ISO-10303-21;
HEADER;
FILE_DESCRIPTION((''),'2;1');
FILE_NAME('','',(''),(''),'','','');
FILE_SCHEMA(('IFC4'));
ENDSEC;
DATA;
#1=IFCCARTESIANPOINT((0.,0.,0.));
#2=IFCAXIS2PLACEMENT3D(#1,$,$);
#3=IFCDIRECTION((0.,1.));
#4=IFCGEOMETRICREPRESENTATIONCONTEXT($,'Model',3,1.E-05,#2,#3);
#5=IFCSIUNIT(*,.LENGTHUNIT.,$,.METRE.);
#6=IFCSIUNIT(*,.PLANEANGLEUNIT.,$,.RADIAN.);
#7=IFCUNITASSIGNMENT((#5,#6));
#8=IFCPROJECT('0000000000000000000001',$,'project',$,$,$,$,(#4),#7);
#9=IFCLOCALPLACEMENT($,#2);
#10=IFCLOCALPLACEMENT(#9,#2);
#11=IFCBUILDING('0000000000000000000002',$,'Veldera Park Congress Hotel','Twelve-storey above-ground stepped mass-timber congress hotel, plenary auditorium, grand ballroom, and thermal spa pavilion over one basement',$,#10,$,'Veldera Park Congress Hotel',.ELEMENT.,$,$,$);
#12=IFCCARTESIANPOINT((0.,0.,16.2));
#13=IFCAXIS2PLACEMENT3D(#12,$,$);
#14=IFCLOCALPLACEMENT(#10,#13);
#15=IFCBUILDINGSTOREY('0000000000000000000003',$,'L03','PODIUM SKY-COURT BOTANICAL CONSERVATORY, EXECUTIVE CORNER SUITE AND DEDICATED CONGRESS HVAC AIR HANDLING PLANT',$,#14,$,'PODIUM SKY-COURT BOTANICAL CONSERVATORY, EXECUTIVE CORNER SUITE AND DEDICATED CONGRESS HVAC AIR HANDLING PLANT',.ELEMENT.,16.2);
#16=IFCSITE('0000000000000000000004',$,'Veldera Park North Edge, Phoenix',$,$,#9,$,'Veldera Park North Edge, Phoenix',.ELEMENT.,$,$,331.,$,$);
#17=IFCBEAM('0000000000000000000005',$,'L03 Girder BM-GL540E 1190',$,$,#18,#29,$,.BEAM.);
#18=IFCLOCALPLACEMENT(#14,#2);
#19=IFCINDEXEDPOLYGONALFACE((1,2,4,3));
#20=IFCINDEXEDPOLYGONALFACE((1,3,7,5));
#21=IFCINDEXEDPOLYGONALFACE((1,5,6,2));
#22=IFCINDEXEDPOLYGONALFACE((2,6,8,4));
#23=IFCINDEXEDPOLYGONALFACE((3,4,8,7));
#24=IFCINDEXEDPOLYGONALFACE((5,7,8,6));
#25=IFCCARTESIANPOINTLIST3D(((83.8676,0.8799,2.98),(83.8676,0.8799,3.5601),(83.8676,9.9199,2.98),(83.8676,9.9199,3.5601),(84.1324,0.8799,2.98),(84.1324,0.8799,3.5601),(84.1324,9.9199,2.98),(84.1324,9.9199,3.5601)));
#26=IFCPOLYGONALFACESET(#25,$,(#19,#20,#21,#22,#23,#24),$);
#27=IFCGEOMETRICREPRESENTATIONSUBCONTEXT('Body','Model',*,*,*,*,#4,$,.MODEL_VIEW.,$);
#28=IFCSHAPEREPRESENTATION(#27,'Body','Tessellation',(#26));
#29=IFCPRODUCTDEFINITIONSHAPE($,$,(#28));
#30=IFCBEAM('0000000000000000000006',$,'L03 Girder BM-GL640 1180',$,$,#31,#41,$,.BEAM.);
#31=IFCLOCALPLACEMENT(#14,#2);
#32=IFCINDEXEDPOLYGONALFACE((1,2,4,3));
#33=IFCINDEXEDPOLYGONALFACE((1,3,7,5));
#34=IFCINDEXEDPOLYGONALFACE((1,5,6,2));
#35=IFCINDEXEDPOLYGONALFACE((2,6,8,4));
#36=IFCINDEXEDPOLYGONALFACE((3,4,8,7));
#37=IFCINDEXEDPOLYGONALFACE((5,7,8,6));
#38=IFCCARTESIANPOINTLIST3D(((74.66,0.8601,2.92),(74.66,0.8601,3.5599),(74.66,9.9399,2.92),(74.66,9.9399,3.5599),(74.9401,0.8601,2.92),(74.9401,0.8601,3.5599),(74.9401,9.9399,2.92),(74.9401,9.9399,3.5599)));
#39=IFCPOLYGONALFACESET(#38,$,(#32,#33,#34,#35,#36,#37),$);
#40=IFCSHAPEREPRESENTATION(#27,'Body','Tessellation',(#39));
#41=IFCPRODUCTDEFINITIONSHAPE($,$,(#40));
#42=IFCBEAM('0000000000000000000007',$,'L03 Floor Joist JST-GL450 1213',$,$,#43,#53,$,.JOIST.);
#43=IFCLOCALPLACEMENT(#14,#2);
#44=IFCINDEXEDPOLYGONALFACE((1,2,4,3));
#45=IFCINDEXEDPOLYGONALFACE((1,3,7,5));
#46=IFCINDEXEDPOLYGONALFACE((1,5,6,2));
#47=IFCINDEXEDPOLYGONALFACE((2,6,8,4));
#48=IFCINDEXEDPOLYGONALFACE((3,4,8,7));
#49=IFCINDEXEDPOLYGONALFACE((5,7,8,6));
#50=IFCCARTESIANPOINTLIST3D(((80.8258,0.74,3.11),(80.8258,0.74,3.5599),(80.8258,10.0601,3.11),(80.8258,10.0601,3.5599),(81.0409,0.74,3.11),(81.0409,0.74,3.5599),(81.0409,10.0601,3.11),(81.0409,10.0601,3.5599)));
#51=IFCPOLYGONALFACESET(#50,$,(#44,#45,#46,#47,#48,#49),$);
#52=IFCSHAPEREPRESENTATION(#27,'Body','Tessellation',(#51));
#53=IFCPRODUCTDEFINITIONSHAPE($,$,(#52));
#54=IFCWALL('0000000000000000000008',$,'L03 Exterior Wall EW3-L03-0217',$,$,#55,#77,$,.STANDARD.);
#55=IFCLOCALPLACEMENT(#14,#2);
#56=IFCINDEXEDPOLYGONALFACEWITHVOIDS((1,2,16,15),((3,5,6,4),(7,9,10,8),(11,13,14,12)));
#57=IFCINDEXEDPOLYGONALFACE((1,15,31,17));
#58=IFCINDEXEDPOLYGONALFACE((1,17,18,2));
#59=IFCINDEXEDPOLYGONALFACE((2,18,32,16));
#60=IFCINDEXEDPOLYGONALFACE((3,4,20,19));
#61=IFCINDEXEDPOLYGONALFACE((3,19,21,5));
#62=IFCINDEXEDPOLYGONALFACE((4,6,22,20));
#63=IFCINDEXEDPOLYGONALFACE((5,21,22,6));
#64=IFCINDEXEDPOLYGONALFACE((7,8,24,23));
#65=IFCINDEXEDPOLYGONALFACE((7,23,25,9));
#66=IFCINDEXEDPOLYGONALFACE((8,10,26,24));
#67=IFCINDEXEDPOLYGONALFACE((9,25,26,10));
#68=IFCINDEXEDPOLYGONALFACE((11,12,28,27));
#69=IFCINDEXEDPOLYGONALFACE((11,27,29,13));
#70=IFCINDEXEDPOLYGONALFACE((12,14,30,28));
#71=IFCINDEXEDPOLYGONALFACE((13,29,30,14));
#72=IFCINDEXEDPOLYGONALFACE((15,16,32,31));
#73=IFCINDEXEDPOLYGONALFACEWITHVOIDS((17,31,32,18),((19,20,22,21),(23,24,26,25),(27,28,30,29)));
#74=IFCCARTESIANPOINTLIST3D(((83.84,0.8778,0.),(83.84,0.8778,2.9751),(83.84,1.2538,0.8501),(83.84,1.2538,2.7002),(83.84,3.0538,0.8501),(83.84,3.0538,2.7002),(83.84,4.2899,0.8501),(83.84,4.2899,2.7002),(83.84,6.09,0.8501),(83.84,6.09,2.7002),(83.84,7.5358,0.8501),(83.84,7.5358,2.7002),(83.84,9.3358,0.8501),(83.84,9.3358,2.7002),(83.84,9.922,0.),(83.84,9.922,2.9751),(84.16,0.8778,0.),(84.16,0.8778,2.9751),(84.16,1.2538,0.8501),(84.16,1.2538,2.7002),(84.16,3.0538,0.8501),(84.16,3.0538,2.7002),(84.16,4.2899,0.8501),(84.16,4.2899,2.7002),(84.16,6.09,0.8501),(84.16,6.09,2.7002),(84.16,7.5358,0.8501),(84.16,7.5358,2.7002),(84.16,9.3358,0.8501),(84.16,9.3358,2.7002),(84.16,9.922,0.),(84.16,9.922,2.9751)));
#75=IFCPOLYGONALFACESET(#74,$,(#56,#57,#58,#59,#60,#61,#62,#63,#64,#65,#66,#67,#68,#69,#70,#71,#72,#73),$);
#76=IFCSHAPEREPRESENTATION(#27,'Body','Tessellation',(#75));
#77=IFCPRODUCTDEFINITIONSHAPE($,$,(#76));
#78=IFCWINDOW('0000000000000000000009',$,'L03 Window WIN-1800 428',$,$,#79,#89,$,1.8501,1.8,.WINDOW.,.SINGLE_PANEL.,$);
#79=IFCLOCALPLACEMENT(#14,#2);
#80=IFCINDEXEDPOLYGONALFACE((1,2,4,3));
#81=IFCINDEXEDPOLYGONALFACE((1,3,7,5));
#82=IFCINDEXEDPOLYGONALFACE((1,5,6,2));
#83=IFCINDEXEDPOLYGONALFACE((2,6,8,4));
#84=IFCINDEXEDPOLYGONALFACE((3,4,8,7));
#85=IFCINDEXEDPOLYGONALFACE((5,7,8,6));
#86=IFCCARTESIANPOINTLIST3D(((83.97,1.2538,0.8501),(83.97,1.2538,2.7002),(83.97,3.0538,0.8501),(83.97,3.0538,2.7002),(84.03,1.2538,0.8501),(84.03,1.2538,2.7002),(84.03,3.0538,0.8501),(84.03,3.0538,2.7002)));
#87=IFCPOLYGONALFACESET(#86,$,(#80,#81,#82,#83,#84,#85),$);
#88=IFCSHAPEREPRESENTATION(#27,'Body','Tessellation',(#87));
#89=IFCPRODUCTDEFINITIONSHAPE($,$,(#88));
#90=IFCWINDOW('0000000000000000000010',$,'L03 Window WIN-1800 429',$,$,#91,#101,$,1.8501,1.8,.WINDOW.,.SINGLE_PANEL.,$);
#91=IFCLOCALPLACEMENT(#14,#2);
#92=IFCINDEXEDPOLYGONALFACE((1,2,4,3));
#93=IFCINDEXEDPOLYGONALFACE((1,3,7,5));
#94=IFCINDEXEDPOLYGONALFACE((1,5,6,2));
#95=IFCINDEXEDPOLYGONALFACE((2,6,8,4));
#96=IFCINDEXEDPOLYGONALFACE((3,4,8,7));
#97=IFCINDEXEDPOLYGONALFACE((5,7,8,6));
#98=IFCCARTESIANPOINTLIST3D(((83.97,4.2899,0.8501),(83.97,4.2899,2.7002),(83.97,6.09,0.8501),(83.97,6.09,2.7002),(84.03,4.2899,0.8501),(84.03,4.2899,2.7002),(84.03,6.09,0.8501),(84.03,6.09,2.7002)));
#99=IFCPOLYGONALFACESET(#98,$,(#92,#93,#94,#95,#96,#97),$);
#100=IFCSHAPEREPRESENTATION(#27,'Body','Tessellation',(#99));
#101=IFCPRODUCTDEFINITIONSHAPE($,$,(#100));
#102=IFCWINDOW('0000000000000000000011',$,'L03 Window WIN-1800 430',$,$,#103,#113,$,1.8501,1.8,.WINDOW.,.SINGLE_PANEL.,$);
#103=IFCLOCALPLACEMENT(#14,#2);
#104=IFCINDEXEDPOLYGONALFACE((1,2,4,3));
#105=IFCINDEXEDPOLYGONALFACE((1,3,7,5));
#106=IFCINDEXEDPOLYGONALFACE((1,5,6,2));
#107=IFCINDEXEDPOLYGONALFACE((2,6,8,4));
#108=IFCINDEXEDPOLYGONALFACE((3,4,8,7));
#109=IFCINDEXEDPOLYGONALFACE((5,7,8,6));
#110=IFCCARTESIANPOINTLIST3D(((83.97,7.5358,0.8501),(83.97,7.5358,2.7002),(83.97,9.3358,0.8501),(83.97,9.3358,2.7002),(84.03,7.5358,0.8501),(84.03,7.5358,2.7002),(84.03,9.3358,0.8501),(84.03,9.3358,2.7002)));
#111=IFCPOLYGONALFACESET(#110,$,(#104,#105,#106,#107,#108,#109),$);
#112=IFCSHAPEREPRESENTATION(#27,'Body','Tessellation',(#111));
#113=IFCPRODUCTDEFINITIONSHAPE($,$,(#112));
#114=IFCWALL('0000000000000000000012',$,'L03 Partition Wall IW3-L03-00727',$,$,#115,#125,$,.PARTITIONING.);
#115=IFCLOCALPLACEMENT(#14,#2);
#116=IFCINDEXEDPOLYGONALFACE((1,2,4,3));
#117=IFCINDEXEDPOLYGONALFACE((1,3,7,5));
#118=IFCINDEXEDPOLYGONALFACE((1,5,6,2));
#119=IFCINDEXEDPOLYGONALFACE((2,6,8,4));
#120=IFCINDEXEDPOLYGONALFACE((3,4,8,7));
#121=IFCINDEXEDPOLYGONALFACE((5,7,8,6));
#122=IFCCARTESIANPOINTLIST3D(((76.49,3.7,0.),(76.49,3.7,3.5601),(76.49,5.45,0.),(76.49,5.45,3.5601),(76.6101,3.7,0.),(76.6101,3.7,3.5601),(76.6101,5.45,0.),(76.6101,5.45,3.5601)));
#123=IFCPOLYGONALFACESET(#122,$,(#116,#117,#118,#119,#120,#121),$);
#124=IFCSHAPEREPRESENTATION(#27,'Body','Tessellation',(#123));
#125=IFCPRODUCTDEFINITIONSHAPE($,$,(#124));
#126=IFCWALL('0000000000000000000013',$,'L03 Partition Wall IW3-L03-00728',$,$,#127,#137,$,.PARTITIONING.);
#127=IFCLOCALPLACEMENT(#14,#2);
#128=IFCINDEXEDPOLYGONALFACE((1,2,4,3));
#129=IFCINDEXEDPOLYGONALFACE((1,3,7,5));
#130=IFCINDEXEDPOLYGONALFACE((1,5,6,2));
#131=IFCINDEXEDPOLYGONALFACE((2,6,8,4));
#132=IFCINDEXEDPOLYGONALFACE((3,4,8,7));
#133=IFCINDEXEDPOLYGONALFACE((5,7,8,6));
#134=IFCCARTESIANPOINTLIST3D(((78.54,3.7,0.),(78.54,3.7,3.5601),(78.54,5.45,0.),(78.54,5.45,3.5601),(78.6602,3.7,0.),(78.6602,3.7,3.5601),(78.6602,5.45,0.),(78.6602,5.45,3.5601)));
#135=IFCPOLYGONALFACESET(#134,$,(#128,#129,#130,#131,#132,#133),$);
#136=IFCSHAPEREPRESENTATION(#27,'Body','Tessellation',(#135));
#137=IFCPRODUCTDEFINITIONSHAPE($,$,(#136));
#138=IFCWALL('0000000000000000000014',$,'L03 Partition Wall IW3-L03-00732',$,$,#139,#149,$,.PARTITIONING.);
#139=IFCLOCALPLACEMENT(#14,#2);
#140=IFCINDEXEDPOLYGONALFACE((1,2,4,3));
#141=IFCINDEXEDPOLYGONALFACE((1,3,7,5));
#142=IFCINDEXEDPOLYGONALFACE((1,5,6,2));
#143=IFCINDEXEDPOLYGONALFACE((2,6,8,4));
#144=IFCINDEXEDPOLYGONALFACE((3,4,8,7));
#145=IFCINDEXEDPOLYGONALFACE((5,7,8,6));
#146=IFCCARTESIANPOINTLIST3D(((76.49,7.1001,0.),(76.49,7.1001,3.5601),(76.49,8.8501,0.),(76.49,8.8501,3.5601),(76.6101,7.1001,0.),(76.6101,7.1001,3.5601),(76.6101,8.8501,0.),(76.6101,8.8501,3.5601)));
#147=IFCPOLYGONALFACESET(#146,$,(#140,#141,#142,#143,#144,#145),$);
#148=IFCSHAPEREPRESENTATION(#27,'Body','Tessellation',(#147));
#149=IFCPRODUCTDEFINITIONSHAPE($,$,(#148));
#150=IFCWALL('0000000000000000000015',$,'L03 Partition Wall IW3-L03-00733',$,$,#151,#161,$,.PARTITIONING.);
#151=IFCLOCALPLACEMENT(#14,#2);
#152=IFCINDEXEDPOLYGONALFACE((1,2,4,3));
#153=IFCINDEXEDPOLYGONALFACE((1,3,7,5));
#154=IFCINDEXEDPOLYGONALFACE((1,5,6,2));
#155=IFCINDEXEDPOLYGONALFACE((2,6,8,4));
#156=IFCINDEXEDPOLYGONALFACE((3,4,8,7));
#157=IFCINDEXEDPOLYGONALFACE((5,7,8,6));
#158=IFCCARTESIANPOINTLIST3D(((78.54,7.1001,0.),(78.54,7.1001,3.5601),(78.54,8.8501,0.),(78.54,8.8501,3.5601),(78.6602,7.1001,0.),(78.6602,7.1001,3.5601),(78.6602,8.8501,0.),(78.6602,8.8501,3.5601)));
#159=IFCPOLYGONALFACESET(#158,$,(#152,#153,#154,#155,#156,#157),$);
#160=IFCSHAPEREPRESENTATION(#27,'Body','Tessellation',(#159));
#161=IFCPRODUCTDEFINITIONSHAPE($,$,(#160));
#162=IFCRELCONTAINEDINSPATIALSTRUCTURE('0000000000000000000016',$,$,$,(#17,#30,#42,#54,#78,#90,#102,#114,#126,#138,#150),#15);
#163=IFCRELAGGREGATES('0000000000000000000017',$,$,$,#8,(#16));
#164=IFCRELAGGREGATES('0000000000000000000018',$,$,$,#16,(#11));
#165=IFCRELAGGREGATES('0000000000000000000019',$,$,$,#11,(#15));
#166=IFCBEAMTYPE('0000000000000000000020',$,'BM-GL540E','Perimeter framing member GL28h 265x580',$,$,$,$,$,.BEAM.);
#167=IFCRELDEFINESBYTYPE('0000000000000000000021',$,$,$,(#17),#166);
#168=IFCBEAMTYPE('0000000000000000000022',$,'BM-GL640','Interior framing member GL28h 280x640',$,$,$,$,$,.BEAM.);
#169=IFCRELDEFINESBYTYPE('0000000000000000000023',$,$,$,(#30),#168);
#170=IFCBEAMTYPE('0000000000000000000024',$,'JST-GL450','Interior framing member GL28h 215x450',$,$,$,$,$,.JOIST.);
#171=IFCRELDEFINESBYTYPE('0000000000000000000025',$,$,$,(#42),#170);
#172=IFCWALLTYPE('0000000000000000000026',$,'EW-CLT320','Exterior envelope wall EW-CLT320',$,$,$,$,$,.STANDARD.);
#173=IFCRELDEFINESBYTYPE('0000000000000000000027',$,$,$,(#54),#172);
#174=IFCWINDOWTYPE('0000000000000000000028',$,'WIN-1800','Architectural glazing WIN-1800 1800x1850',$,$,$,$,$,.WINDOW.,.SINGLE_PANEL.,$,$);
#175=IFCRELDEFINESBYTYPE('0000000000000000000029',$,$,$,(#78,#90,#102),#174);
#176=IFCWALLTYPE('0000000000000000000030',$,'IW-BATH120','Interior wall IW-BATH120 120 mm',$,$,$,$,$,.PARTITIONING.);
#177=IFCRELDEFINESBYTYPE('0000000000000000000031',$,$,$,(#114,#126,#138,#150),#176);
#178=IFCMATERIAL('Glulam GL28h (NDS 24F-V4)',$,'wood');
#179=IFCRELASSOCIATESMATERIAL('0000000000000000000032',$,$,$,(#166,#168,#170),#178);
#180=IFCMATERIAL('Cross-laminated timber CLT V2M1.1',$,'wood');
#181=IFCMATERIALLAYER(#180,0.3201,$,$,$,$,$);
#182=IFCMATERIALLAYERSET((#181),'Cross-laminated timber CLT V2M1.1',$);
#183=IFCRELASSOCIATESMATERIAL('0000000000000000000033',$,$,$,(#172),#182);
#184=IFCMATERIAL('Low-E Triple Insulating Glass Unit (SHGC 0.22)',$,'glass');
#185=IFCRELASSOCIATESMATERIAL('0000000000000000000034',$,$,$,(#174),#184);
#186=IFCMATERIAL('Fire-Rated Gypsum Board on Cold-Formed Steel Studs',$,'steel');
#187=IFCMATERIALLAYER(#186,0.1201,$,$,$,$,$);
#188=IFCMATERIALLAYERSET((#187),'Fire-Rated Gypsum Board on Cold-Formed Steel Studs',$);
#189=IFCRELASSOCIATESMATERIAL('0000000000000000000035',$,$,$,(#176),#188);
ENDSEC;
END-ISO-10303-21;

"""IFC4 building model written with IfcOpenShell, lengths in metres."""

from ifc_helpers import new_model, si_unit, direction, frame, frame_2d, origin, origin_2d, place, context, subcontext, project, spatial, rectangle, extrude, material, layer, layer_set, material_profile, profile_set, type_object, element, fill, save


model = new_model("IFC4")

# Units and contexts
model_context = context("Model", 3, precision=1e-05, world=origin(), true_north=direction((0.0, 1.0)))
body_context = subcontext(model_context, "Body", "Model", "MODEL_VIEW")
ifc_project = project(units=[si_unit("LENGTHUNIT", "METRE"), si_unit("PLANEANGLEUNIT", "RADIAN")], contexts=[model_context])

# Site, building, storey
site_placement = place(None, origin())
site = spatial("IfcSite", under=ifc_project, at=site_placement, Name="Veldera Park North Edge, Phoenix", LongName="Veldera Park North Edge, Phoenix", CompositionType="ELEMENT", RefElevation=331.0)
building_placement = place(site_placement, origin())
building = spatial("IfcBuilding", under=site, at=building_placement, Name="Veldera Park Congress Hotel", Description="Twelve-storey above-ground stepped mass-timber congress hotel, plenary auditorium, grand ballroom, and thermal spa pavilion over one basement", LongName="Veldera Park Congress Hotel", CompositionType="ELEMENT")
storey_placement = place(building_placement, frame((0.0, 0.0, 16.2)))
storey = spatial("IfcBuildingStorey", under=building, at=storey_placement, Name="L03", Description="PODIUM SKY-COURT BOTANICAL CONSERVATORY, EXECUTIVE CORNER SUITE AND DEDICATED CONGRESS HVAC AIR HANDLING PLANT", LongName="PODIUM SKY-COURT BOTANICAL CONSERVATORY, EXECUTIVE CORNER SUITE AND DEDICATED CONGRESS HVAC AIR HANDLING PLANT", CompositionType="ELEMENT", Elevation=16.2)

# Beams
ifc_material_1 = material(Name="Glulam GL28h (NDS 24F-V4)", Category="wood")
ifc_material_profile_1 = material_profile(ifc_material_1, rectangle(XDim=0.2649, YDim=0.5801, at=origin_2d()), Name="GL28h 265x580")
ifc_profile_set_1 = profile_set([ifc_material_profile_1], Name="Glulam GL28h (NDS 24F-V4)")
beam_type_1 = type_object("IfcBeamType", Name="BM-GL540E", Description="Perimeter framing member GL28h 265x580", PredefinedType="BEAM", material=ifc_profile_set_1)
beam_1_placement = place(storey_placement, frame((84.0, 0.8799, 3.27), z_axis=(0.0, 1.0, 0.0), x_axis=(-1.0, 0.0, 0.0)))
element("IfcBeam", 1, at=beam_1_placement, inside=storey, type_object=beam_type_1, Name="L03 Girder BM-GL540E 1190", PredefinedType="BEAM", context=body_context, shape_type="SweptSolid", body=[
    extrude(rectangle(XDim=0.2649, YDim=0.5801, at=origin_2d()), origin(), (0.0, 0.0, 1.0), 9.04),
])
ifc_material_profile_2 = material_profile(ifc_material_1, rectangle(XDim=0.28, YDim=0.6399, at=origin_2d()), Name="GL28h 280x640")
ifc_profile_set_2 = profile_set([ifc_material_profile_2], Name="Glulam GL28h (NDS 24F-V4)")
beam_type_2 = type_object("IfcBeamType", Name="BM-GL640", Description="Interior framing member GL28h 280x640", PredefinedType="BEAM", material=ifc_profile_set_2)
beam_2_placement = place(storey_placement, frame((74.8, 0.8601, 3.24), z_axis=(0.0, 1.0, 0.0), x_axis=(-1.0, 0.0, 0.0)))
element("IfcBeam", 2, at=beam_2_placement, inside=storey, type_object=beam_type_2, Name="L03 Girder BM-GL640 1180", PredefinedType="BEAM", context=body_context, shape_type="SweptSolid", body=[
    extrude(rectangle(XDim=0.28, YDim=0.6399, at=origin_2d()), origin(), (0.0, 0.0, 1.0), 9.0798),
])
ifc_material_profile_3 = material_profile(ifc_material_1, rectangle(XDim=0.2151, YDim=0.45, at=origin_2d()), Name="GL28h 215x450")
ifc_profile_set_3 = profile_set([ifc_material_profile_3], Name="Glulam GL28h (NDS 24F-V4)")
beam_type_3 = type_object("IfcBeamType", Name="JST-GL450", Description="Interior framing member GL28h 215x450", PredefinedType="JOIST", material=ifc_profile_set_3)
beam_3_placement = place(storey_placement, frame((80.9333, 0.74, 3.335), z_axis=(0.0, 1.0, 0.0), x_axis=(-1.0, 0.0, 0.0)))
element("IfcBeam", 3, at=beam_3_placement, inside=storey, type_object=beam_type_3, Name="L03 Floor Joist JST-GL450 1213", PredefinedType="JOIST", context=body_context, shape_type="SweptSolid", body=[
    extrude(rectangle(XDim=0.2151, YDim=0.45, at=origin_2d()), origin(), (0.0, 0.0, 1.0), 9.3201),
])

# Wall, openings, windows
ifc_material_2 = material(Name="Cross-laminated timber CLT V2M1.1", Category="wood")
ifc_layer_1 = layer(ifc_material_2, 0.3201)
ifc_layer_set_1 = layer_set([ifc_layer_1], Name="Cross-laminated timber CLT V2M1.1")
wall_type_1 = type_object("IfcWallType", Name="EW-CLT320", Description="Exterior envelope wall EW-CLT320", PredefinedType="STANDARD", material=ifc_layer_set_1)
wall_1_placement = place(storey_placement, frame((84.0, 0.8779, 0.0), z_axis=(0.0, 0.0, 1.0), x_axis=(0.0, 1.0, 0.0)))
wall_1 = element("IfcWall", 4, at=wall_1_placement, inside=storey, type_object=wall_type_1, Name="L03 Exterior Wall EW3-L03-0217", PredefinedType="STANDARD", context=body_context, shape_type="SweptSolid", body=[
    extrude(rectangle(XDim=9.0442, YDim=0.3201, at=frame_2d((4.522, 0.0))), origin(), (0.0, 0.0, 1.0), 2.9751),
])
opening_1_placement = place(wall_1_placement, frame((0.376, 0.0, 0.8501)))
opening_1 = element("IfcOpeningElement", 5, at=opening_1_placement, cuts=wall_1, PredefinedType="OPENING", context=body_context, shape_type="SweptSolid", body=[
    extrude(rectangle(XDim=1.8, YDim=1.8501, at=frame_2d((0.8999, 0.925))), frame((0.0, 0.1721, 0.0), z_axis=(0.0, -1.0, 0.0), x_axis=(1.0, 0.0, 0.0)), (0.0, 0.0, 1.0), 0.344),
])
opening_2_placement = place(wall_1_placement, frame((3.4121, 0.0, 0.8501)))
opening_2 = element("IfcOpeningElement", 6, at=opening_2_placement, cuts=wall_1, PredefinedType="OPENING", context=body_context, shape_type="SweptSolid", body=[
    extrude(rectangle(XDim=1.8, YDim=1.8501, at=frame_2d((0.8999, 0.925))), frame((0.0, 0.1721, 0.0), z_axis=(0.0, -1.0, 0.0), x_axis=(1.0, 0.0, 0.0)), (0.0, 0.0, 1.0), 0.344),
])
opening_3_placement = place(wall_1_placement, frame((6.658, 0.0, 0.8501)))
opening_3 = element("IfcOpeningElement", 7, at=opening_3_placement, cuts=wall_1, PredefinedType="OPENING", context=body_context, shape_type="SweptSolid", body=[
    extrude(rectangle(XDim=1.8, YDim=1.8501, at=frame_2d((0.8999, 0.925))), frame((0.0, 0.1721, 0.0), z_axis=(0.0, -1.0, 0.0), x_axis=(1.0, 0.0, 0.0)), (0.0, 0.0, 1.0), 0.344),
])
ifc_material_3 = material(Name="Low-E Triple Insulating Glass Unit (SHGC 0.22)", Category="glass")
window_type = type_object("IfcWindowType", Name="WIN-1800", Description="Architectural glazing WIN-1800 1800x1850", PartitioningType="SINGLE_PANEL", PredefinedType="WINDOW", material=ifc_material_3)
window_1_placement = place(opening_1_placement, origin())
window_1 = element("IfcWindow", 8, at=window_1_placement, inside=storey, type_object=window_type, Name="L03 Window WIN-1800 428", OverallHeight=1.8501, OverallWidth=1.8, PartitioningType="SINGLE_PANEL", PredefinedType="WINDOW", context=body_context, shape_type="SweptSolid", body=[
    extrude(rectangle(XDim=1.8, YDim=1.8501, at=frame_2d((0.8999, 0.925))), frame((0.0, 0.03, 0.0), z_axis=(0.0, -1.0, 0.0), x_axis=(1.0, 0.0, 0.0)), (0.0, 0.0, 1.0), 0.0601),
])
fill(opening_1, window_1)
window_2_placement = place(opening_2_placement, origin())
window_2 = element("IfcWindow", 9, at=window_2_placement, inside=storey, type_object=window_type, Name="L03 Window WIN-1800 429", OverallHeight=1.8501, OverallWidth=1.8, PartitioningType="SINGLE_PANEL", PredefinedType="WINDOW", context=body_context, shape_type="SweptSolid", body=[
    extrude(rectangle(XDim=1.8, YDim=1.8501, at=frame_2d((0.8999, 0.925))), frame((0.0, 0.03, 0.0), z_axis=(0.0, -1.0, 0.0), x_axis=(1.0, 0.0, 0.0)), (0.0, 0.0, 1.0), 0.0601),
])
fill(opening_2, window_2)
window_3_placement = place(opening_3_placement, origin())
window_3 = element("IfcWindow", 10, at=window_3_placement, inside=storey, type_object=window_type, Name="L03 Window WIN-1800 430", OverallHeight=1.8501, OverallWidth=1.8, PartitioningType="SINGLE_PANEL", PredefinedType="WINDOW", context=body_context, shape_type="SweptSolid", body=[
    extrude(rectangle(XDim=1.8, YDim=1.8501, at=frame_2d((0.8999, 0.925))), frame((0.0, 0.03, 0.0), z_axis=(0.0, -1.0, 0.0), x_axis=(1.0, 0.0, 0.0)), (0.0, 0.0, 1.0), 0.0601),
])
fill(opening_3, window_3)

# Shared definitions
ifc_material_4 = material(Name="Fire-Rated Gypsum Board on Cold-Formed Steel Studs", Category="steel")
ifc_layer_2 = layer(ifc_material_4, 0.1201)
ifc_layer_set_2 = layer_set([ifc_layer_2], Name="Fire-Rated Gypsum Board on Cold-Formed Steel Studs")
wall_type_2 = type_object("IfcWallType", Name="IW-BATH120", Description="Interior wall IW-BATH120 120 mm", PredefinedType="PARTITIONING", material=ifc_layer_set_2)

# Walls
for number, where, z_axis, x_axis, name in (
    (11, (76.55, 3.7, 0.0), (0.0, 0.0, 1.0), (0.0, 1.0, 0.0), "L03 Partition Wall IW3-L03-00727"),
    (12, (78.6001, 3.7, 0.0), (0.0, 0.0, 1.0), (0.0, 1.0, 0.0), "L03 Partition Wall IW3-L03-00728"),
):
    element("IfcWall", number, at=place(storey_placement, frame(where, z_axis=z_axis, x_axis=x_axis)), inside=storey, type_object=wall_type_2, Name=name, PredefinedType="PARTITIONING", context=body_context, shape_type="SweptSolid", body=[
        extrude(rectangle(XDim=1.75, YDim=0.1201, at=frame_2d((0.875, 0.0))), origin(), (0.0, 0.0, 1.0), 3.5601),
    ])

# Walls
for number, where, z_axis, x_axis, name in (
    (13, (76.55, 7.1001, 0.0), (0.0, 0.0, 1.0), (0.0, 1.0, 0.0), "L03 Partition Wall IW3-L03-00732"),
    (14, (78.6001, 7.1001, 0.0), (0.0, 0.0, 1.0), (0.0, 1.0, 0.0), "L03 Partition Wall IW3-L03-00733"),
):
    element("IfcWall", number, at=place(storey_placement, frame(where, z_axis=z_axis, x_axis=x_axis)), inside=storey, type_object=wall_type_2, Name=name, PredefinedType="PARTITIONING", context=body_context, shape_type="SweptSolid", body=[
        extrude(rectangle(XDim=1.75, YDim=0.1201, at=frame_2d((0.875, 0.0))), origin(), (0.0, 0.0, 1.0), 3.5601),
    ])

save(model, "model.ifc")
